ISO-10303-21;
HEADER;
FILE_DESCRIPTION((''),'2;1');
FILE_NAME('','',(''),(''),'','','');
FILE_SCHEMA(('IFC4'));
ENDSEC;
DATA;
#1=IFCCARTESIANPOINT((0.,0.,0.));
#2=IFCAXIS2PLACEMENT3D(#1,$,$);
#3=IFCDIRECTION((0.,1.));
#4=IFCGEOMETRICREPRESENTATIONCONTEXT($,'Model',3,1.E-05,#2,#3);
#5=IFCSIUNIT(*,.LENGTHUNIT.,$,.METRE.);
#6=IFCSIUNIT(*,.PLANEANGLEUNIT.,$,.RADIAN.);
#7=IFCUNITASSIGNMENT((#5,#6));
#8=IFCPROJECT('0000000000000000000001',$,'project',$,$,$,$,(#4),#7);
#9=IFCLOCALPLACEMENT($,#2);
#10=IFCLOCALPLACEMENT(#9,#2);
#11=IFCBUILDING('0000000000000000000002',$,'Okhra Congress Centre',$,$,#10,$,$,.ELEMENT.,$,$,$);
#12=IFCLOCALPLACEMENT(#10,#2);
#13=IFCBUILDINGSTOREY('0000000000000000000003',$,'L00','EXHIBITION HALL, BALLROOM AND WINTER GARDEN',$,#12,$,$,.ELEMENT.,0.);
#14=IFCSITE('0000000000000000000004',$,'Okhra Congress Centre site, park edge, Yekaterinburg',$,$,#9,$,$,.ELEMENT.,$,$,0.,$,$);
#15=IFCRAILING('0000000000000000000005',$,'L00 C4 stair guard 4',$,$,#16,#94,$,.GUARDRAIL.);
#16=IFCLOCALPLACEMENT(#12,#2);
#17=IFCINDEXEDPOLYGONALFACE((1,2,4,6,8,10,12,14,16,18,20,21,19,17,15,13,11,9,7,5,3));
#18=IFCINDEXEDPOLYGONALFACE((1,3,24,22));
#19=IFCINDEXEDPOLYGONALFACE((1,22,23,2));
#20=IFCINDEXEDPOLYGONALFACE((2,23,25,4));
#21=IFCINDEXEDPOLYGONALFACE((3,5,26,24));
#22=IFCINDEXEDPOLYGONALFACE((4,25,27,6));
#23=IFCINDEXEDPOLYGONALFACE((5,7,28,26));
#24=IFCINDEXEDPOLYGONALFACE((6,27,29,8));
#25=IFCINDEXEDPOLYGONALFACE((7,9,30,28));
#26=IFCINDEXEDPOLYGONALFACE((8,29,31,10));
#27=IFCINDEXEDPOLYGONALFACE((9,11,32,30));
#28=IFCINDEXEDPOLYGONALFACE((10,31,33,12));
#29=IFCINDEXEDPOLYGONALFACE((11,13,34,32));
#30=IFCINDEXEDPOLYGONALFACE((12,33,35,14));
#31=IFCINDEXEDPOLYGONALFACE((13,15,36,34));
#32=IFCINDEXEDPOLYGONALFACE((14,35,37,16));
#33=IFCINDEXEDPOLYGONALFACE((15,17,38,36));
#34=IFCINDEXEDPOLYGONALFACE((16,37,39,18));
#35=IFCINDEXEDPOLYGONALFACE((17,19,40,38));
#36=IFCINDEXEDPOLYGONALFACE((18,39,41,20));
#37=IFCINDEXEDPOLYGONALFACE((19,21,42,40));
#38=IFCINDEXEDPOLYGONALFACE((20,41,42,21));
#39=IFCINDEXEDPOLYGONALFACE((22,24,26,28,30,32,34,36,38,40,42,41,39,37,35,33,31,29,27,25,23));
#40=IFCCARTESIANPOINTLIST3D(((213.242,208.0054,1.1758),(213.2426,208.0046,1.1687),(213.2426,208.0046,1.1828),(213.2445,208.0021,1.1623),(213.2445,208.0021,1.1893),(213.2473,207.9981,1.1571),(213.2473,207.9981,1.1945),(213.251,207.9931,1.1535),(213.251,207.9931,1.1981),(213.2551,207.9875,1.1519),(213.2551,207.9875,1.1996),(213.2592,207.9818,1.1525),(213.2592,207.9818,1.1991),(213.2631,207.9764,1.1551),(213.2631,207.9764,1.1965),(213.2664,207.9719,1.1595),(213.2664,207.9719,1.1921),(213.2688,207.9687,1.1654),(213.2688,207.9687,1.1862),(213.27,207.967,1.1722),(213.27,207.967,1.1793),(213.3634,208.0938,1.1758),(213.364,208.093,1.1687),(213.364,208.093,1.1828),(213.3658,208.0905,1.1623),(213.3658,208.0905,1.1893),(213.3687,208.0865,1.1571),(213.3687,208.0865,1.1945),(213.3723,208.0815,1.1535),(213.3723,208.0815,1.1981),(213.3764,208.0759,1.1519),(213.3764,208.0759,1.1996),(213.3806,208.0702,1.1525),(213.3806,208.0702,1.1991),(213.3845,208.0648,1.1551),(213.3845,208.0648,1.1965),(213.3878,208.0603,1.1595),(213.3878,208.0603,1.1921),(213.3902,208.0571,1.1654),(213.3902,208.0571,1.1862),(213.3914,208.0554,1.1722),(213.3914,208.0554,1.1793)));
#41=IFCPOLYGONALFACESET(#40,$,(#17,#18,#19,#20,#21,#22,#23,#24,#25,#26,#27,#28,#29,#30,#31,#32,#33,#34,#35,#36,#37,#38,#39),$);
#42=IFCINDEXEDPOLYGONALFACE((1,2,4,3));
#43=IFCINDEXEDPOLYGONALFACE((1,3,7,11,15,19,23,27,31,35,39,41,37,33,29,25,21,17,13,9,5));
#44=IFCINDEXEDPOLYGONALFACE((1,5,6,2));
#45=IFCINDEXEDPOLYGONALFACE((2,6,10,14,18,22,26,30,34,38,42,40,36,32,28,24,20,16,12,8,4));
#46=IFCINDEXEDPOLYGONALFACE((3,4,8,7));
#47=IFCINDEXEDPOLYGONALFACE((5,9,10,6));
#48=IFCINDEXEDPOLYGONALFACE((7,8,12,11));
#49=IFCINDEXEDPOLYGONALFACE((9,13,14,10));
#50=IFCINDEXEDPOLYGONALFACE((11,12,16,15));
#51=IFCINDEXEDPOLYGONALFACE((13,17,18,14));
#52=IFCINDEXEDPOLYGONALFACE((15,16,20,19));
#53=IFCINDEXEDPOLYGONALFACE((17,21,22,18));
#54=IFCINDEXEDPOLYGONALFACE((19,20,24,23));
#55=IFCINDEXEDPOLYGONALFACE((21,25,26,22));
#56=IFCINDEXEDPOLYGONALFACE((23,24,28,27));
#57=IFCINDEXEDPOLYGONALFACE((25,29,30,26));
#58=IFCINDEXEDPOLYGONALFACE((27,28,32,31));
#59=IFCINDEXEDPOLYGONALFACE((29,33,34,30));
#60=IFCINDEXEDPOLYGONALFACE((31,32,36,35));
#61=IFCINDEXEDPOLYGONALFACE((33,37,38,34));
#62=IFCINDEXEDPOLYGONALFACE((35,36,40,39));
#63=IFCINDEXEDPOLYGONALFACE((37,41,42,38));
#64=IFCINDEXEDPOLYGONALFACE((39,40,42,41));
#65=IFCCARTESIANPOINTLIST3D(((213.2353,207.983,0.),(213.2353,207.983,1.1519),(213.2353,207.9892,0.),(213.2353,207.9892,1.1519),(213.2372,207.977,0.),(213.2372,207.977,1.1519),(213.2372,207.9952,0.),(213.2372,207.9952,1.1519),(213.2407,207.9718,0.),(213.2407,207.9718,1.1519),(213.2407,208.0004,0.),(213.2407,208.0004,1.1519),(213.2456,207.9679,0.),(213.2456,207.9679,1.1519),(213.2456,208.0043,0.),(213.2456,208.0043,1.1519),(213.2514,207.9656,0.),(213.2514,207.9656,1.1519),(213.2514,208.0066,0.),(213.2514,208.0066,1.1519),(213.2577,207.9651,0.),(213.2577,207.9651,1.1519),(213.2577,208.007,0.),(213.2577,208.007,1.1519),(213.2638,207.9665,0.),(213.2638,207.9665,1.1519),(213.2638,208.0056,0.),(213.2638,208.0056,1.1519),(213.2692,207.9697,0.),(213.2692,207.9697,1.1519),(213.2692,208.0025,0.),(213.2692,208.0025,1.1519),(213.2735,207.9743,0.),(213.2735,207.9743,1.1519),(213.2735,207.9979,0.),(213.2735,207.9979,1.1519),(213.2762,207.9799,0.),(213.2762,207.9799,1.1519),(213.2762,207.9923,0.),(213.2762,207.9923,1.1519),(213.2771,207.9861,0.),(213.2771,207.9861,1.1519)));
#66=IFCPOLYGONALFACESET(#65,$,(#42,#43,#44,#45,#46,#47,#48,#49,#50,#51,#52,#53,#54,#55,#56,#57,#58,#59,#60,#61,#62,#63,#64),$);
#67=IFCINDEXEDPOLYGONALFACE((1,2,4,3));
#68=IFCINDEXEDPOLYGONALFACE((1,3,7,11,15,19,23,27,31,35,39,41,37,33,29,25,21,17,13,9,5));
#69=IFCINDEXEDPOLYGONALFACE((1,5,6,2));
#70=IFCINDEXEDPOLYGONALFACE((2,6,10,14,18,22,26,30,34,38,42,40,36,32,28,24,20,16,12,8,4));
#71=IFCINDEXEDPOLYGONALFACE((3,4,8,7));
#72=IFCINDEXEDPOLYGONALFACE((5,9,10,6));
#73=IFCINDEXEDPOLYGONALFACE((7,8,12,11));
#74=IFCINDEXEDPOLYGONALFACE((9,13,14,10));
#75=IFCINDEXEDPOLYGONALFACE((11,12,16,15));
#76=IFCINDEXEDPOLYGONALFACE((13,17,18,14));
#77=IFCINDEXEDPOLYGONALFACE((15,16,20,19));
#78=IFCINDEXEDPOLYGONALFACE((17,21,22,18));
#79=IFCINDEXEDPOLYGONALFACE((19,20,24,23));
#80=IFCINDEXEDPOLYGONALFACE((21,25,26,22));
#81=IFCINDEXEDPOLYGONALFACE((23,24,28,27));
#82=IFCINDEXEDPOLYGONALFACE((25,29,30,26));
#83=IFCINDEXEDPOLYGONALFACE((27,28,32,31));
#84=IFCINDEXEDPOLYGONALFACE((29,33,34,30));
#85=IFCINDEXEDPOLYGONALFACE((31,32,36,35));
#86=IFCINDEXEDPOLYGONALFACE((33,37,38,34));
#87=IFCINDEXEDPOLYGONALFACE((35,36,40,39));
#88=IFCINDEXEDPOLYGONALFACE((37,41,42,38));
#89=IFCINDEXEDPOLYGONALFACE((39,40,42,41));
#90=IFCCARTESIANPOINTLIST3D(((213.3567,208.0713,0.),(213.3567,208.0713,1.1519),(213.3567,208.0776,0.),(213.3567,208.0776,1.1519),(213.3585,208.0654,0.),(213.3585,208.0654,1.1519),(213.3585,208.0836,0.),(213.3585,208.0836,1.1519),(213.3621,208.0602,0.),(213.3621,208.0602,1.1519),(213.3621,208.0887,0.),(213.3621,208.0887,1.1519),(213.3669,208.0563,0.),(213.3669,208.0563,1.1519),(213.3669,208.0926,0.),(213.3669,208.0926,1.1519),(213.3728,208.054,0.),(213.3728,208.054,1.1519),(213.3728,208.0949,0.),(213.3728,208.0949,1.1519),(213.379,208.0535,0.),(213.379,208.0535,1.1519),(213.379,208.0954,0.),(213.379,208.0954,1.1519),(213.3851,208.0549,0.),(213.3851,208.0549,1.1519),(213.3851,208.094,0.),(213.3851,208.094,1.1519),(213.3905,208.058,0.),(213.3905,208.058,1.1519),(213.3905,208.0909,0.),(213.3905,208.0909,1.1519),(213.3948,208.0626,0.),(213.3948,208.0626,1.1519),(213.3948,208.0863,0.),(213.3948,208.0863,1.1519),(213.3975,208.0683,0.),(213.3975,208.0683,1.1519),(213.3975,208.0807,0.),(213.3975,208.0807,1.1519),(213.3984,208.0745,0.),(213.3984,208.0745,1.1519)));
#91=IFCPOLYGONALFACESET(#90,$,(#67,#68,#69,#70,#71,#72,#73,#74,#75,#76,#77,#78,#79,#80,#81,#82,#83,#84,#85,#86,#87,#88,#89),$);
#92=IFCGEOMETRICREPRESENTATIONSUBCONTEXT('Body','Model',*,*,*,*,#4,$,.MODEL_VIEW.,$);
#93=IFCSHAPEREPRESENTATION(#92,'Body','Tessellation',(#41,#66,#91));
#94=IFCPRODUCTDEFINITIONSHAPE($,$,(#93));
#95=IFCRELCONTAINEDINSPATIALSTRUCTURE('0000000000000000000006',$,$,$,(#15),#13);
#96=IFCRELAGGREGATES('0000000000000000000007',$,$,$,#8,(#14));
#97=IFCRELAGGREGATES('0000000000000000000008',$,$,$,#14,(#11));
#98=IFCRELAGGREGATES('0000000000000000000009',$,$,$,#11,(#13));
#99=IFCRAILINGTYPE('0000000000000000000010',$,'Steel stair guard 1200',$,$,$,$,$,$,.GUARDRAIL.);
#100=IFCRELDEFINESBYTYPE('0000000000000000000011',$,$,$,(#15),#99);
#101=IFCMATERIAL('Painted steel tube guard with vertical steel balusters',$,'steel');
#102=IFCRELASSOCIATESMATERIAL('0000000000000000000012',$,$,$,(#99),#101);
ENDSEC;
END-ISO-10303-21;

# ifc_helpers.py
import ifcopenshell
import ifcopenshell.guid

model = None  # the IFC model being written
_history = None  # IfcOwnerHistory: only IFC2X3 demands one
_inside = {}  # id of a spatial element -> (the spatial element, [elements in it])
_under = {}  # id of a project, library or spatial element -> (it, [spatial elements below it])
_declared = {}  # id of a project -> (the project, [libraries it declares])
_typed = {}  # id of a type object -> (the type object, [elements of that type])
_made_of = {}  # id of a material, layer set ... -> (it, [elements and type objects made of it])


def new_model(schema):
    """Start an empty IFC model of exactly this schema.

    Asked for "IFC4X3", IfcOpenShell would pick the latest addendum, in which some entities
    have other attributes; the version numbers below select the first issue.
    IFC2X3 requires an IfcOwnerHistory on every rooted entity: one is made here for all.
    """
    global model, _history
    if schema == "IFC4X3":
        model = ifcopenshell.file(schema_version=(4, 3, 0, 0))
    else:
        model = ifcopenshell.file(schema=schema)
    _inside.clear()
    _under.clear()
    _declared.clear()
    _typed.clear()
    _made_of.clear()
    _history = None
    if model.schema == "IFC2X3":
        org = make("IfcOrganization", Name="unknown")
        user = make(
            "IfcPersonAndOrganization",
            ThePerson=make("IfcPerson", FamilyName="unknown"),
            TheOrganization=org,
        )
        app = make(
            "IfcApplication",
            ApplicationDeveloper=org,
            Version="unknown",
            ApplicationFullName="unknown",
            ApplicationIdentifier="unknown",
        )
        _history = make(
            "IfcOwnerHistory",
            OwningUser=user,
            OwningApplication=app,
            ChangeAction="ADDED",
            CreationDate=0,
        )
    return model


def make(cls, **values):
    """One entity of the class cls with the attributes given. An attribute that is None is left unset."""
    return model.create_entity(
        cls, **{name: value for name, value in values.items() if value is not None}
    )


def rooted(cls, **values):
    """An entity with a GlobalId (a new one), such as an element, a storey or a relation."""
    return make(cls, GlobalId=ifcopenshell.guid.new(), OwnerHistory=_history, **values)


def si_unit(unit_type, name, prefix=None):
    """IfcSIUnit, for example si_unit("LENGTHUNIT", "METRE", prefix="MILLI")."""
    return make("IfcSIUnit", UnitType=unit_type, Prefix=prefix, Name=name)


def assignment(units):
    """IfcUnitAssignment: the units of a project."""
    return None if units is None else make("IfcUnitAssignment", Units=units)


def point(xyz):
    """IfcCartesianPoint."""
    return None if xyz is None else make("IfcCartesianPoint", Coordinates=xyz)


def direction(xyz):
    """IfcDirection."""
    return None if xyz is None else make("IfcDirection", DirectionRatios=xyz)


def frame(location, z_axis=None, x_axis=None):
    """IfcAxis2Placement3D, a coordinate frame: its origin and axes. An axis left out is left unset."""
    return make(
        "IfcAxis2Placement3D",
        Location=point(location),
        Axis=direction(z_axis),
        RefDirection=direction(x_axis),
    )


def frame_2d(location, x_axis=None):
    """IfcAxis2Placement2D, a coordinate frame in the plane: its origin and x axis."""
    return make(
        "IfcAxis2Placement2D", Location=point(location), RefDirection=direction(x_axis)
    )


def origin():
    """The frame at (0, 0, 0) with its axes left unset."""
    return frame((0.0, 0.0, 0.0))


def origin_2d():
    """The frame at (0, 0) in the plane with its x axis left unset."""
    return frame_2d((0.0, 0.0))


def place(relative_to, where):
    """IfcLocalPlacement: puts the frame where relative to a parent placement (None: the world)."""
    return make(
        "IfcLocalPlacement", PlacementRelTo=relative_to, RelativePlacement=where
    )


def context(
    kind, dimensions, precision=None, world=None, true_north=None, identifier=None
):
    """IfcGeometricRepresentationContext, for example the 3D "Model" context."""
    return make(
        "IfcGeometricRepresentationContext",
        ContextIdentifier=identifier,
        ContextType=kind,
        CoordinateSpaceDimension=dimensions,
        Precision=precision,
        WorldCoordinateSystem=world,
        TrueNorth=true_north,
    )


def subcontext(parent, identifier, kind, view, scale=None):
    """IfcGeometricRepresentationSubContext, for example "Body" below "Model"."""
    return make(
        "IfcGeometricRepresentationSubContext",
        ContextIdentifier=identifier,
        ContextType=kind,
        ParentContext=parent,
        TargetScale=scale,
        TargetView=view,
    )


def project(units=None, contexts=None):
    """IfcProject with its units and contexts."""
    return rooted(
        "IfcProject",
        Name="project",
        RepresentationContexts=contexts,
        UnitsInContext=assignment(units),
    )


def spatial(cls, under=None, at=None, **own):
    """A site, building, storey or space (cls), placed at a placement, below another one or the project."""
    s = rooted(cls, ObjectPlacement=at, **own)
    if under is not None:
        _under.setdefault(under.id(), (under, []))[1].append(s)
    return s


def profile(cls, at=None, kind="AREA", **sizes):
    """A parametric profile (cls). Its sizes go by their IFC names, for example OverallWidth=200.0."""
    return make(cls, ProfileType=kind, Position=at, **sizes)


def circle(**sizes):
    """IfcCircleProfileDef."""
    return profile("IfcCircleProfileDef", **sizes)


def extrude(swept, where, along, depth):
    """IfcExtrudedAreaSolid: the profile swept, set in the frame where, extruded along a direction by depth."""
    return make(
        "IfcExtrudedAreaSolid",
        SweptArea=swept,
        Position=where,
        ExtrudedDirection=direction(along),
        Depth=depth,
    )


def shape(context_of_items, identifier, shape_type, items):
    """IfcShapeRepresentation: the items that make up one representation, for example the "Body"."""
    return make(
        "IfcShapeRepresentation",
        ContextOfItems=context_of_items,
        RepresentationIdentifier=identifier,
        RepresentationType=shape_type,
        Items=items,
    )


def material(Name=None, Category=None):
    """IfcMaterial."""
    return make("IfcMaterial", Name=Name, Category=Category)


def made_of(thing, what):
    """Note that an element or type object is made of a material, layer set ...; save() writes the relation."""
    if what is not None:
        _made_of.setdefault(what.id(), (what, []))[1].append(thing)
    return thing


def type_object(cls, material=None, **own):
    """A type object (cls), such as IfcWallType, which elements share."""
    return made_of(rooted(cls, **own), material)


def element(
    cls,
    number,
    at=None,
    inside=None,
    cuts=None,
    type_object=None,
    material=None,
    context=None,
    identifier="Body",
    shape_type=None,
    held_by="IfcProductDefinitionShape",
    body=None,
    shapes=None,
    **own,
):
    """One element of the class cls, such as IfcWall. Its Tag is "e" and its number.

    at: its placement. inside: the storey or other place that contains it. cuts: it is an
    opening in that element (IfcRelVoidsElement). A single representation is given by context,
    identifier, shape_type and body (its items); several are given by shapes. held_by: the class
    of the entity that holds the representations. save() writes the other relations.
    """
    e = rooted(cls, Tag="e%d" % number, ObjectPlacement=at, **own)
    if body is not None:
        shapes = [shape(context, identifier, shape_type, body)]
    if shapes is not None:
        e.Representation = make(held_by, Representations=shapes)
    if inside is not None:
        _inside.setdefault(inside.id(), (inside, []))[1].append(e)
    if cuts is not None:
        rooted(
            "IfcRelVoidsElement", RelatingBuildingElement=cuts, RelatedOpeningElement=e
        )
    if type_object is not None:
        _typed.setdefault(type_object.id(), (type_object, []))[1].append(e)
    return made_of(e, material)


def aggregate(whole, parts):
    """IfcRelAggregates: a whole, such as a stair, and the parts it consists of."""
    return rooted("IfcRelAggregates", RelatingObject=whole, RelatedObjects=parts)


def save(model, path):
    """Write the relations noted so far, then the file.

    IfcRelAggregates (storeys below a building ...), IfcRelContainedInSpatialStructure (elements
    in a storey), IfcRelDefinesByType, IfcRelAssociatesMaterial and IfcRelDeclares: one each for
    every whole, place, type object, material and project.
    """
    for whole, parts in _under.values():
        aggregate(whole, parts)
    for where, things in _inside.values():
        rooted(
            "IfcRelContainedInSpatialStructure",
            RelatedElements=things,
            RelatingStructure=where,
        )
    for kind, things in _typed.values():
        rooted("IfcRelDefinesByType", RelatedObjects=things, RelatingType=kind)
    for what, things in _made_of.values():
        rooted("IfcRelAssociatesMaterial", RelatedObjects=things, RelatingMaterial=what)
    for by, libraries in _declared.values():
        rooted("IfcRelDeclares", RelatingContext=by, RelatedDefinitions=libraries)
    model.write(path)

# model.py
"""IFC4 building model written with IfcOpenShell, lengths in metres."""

from ifc_helpers import new_model, si_unit, direction, frame, origin, origin_2d, place, context, subcontext, project, spatial, circle, extrude, material, type_object, element, save


model = new_model("IFC4")

# Units and contexts
model_context = context("Model", 3, precision=1e-05, world=origin(), true_north=direction((0.0, 1.0)))
body_context = subcontext(model_context, "Body", "Model", "MODEL_VIEW")
ifc_project = project(units=[si_unit("LENGTHUNIT", "METRE"), si_unit("PLANEANGLEUNIT", "RADIAN")], contexts=[model_context])

# Site, building, storey
site_placement = place(None, origin())
site = spatial("IfcSite", under=ifc_project, at=site_placement, Name="Okhra Congress Centre site, park edge, Yekaterinburg", CompositionType="ELEMENT", RefElevation=0.0)
building_placement = place(site_placement, origin())
building = spatial("IfcBuilding", under=site, at=building_placement, Name="Okhra Congress Centre", CompositionType="ELEMENT")
storey_placement = place(building_placement, origin())
storey = spatial("IfcBuildingStorey", under=building, at=storey_placement, Name="L00", Description="EXHIBITION HALL, BALLROOM AND WINTER GARDEN", CompositionType="ELEMENT", Elevation=0.0)

# Railing
ifc_material_1 = material(Name="Painted steel tube guard with vertical steel balusters", Category="steel")
railing_type_1 = type_object("IfcRailingType", Name="Steel stair guard 1200", PredefinedType="GUARDRAIL", material=ifc_material_1)
railing_1_placement = place(storey_placement, frame((213.2561, 207.9861, 0.0)))
element("IfcRailing", 1, at=railing_1_placement, inside=storey, type_object=railing_type_1, Name="L00 C4 stair guard 4", PredefinedType="GUARDRAIL", context=body_context, shape_type="SweptSolid", body=[
    extrude(circle(Radius=0.0239, at=origin_2d()), frame((0.0, 0.0, 1.1758), z_axis=(0.808314, 0.588752, 0.0), x_axis=(-0.588752, 0.808314, 0.0)), (0.0, 0.0, 1.0), 0.1501),
    extrude(circle(Radius=0.021, at=origin_2d()), origin(), (0.0, 0.0, 1.0), 1.1519),
    extrude(circle(Radius=0.021, at=origin_2d()), frame((0.1213, 0.0884, 0.0)), (0.0, 0.0, 1.0), 1.1519),
])

save(model, "model.ifc")
